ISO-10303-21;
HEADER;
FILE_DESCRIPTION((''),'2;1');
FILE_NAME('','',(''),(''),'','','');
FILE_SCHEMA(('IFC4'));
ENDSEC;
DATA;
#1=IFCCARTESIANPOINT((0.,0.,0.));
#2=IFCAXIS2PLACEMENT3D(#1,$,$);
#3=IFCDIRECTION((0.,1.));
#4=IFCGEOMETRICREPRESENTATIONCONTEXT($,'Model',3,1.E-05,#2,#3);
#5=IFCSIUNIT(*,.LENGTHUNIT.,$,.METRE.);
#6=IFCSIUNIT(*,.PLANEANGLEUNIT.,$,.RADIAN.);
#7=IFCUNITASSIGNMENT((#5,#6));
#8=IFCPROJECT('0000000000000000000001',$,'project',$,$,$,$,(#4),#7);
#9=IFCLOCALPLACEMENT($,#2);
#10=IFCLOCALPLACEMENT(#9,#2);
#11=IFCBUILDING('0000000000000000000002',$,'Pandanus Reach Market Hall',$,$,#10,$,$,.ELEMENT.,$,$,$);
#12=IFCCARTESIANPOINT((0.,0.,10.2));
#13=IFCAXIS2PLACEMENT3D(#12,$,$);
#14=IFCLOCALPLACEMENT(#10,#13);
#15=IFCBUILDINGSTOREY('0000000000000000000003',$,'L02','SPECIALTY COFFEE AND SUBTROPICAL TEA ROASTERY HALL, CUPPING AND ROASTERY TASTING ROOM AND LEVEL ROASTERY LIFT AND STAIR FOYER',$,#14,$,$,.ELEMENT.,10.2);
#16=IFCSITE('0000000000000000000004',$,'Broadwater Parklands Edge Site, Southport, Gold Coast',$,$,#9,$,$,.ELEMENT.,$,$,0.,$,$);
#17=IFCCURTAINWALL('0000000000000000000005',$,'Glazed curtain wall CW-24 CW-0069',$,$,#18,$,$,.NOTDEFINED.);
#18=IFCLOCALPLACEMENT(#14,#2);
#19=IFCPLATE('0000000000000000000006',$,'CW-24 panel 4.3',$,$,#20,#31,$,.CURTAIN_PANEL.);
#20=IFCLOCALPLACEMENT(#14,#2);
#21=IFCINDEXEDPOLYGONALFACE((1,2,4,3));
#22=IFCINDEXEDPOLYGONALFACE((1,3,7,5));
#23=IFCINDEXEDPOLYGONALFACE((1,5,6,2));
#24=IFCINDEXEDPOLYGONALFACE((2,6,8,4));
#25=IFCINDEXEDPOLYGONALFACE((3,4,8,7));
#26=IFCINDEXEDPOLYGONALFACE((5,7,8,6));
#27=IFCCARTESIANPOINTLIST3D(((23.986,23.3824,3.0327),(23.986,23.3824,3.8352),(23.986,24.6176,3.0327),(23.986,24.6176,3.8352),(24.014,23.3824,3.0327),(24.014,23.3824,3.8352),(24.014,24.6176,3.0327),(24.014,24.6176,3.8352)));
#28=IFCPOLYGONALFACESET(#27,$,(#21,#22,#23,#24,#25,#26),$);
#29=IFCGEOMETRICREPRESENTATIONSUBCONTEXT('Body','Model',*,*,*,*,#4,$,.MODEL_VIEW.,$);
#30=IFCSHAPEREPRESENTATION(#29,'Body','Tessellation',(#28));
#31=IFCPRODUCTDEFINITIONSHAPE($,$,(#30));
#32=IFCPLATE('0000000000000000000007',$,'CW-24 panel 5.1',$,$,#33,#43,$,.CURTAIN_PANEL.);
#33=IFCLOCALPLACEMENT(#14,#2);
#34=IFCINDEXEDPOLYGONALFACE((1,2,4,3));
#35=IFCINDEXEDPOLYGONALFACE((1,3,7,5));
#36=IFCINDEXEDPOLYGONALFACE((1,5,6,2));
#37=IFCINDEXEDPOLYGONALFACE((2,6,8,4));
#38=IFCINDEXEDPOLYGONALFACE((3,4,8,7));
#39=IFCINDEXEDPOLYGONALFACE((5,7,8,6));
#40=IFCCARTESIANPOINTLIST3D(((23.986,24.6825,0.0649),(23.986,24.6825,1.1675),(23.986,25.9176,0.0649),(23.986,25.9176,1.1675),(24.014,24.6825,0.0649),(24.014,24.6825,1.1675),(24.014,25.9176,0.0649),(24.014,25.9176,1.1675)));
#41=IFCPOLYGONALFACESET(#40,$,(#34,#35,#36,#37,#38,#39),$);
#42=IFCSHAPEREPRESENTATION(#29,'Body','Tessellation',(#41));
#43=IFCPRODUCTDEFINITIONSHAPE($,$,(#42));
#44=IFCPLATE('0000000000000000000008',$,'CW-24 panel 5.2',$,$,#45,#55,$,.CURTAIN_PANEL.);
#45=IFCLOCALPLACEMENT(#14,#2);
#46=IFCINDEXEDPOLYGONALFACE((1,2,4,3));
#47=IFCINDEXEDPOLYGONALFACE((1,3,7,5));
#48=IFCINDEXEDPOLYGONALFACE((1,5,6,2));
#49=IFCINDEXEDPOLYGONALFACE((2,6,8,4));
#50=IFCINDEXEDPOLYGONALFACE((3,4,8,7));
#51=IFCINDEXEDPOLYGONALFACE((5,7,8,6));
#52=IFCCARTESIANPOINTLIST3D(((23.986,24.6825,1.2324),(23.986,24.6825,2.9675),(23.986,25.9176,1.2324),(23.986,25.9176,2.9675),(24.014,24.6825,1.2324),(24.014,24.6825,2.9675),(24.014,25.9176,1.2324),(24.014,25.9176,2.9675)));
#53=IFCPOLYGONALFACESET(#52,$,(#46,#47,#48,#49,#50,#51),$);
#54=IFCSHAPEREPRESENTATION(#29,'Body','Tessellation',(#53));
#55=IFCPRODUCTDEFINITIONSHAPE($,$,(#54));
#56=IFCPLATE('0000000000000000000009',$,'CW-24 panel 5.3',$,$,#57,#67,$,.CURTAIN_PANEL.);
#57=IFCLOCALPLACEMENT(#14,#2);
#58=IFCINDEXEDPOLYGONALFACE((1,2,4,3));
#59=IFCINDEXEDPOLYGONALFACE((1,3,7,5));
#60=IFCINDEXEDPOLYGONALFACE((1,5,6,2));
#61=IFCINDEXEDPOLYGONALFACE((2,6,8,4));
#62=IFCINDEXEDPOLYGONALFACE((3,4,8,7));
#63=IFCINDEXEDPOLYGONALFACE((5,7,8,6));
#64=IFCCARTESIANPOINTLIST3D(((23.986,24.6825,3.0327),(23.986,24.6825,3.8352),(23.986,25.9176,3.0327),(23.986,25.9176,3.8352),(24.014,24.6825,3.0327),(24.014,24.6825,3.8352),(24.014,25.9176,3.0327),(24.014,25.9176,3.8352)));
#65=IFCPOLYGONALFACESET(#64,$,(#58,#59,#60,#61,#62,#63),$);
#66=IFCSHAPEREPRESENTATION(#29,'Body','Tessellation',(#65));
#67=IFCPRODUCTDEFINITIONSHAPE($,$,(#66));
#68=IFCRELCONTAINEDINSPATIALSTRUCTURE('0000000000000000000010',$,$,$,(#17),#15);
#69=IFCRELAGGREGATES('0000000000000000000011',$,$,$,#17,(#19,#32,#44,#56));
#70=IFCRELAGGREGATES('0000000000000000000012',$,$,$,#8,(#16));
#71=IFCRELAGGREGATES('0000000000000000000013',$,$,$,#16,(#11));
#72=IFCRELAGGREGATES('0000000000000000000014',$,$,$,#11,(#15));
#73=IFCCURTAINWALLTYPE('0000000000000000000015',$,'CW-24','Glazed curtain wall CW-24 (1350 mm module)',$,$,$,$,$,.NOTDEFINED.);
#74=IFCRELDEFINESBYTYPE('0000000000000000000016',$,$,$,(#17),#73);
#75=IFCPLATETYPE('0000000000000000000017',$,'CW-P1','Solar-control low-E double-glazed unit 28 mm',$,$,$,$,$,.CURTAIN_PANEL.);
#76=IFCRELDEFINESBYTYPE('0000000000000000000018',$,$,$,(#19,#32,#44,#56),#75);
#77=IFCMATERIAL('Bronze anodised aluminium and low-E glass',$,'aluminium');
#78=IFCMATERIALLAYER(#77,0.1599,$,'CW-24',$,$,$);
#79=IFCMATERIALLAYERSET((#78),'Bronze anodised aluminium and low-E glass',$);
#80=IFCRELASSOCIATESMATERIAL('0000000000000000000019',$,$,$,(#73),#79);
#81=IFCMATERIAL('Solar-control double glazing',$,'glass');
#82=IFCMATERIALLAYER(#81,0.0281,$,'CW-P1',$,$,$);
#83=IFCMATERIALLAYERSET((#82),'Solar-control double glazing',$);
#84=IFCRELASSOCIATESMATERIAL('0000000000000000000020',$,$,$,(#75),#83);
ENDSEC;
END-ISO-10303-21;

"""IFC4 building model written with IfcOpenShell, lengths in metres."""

from ifc_helpers import new_model, si_unit, direction, frame, origin, origin_2d, place, context, subcontext, project, spatial, rectangle, extrude, material, layer, layer_set, type_object, element, aggregate, save


model = new_model("IFC4")

# Units and contexts
model_context = context("Model", 3, precision=1e-05, world=origin(), true_north=direction((0.0, 1.0)))
body_context = subcontext(model_context, "Body", "Model", "MODEL_VIEW")
ifc_project = project(units=[si_unit("LENGTHUNIT", "METRE"), si_unit("PLANEANGLEUNIT", "RADIAN")], contexts=[model_context])

# Site, building, storey
site_placement = place(None, origin())
site = spatial("IfcSite", under=ifc_project, at=site_placement, Name="Broadwater Parklands Edge Site, Southport, Gold Coast", CompositionType="ELEMENT", RefElevation=0.0)
building_placement = place(site_placement, origin())
building = spatial("IfcBuilding", under=site, at=building_placement, Name="Pandanus Reach Market Hall", CompositionType="ELEMENT")
storey_placement = place(building_placement, frame((0.0, 0.0, 10.2)))
storey = spatial("IfcBuildingStorey", under=building, at=storey_placement, Name="L02", Description="SPECIALTY COFFEE AND SUBTROPICAL TEA ROASTERY HALL, CUPPING AND ROASTERY TASTING ROOM AND LEVEL ROASTERY LIFT AND STAIR FOYER", CompositionType="ELEMENT", Elevation=10.2)

# Curtain wall, plates
ifc_material_1 = material(Name="Bronze anodised aluminium and low-E glass", Category="aluminium")
ifc_layer_1 = layer(ifc_material_1, 0.1599, Name="CW-24")
ifc_layer_set_1 = layer_set([ifc_layer_1], Name="Bronze anodised aluminium and low-E glass")
curtain_wall_type = type_object("IfcCurtainWallType", Name="CW-24", Description="Glazed curtain wall CW-24 (1350 mm module)", PredefinedType="NOTDEFINED", material=ifc_layer_set_1)
curtain_wall_placement = place(storey_placement, origin())
curtain_wall = element("IfcCurtainWall", 1, at=curtain_wall_placement, inside=storey, type_object=curtain_wall_type, Name="Glazed curtain wall CW-24 CW-0069", PredefinedType="NOTDEFINED")
ifc_material_2 = material(Name="Solar-control double glazing", Category="glass")
ifc_layer_2 = layer(ifc_material_2, 0.0281, Name="CW-P1")
ifc_layer_set_2 = layer_set([ifc_layer_2], Name="Solar-control double glazing")
plate_type = type_object("IfcPlateType", Name="CW-P1", Description="Solar-control low-E double-glazed unit 28 mm", PredefinedType="CURTAIN_PANEL", material=ifc_layer_set_2)
plate_1_placement = place(storey_placement, frame((24.0, 24.0, 3.0327), z_axis=(0.0, 0.0, 1.0), x_axis=(0.0, 1.0, 0.0)))
plate_1 = element("IfcPlate", 2, at=plate_1_placement, type_object=plate_type, Name="CW-24 panel 4.3", PredefinedType="CURTAIN_PANEL", context=body_context, shape_type="SweptSolid", body=[
    extrude(rectangle(XDim=1.2351, YDim=0.0281, at=origin_2d()), origin(), (0.0, 0.0, 1.0), 0.8025),
])
plate_2_placement = place(storey_placement, frame((24.0, 25.3, 0.0649), z_axis=(0.0, 0.0, 1.0), x_axis=(0.0, 1.0, 0.0)))
plate_2 = element("IfcPlate", 3, at=plate_2_placement, type_object=plate_type, Name="CW-24 panel 5.1", PredefinedType="CURTAIN_PANEL", context=body_context, shape_type="SweptSolid", body=[
    extrude(rectangle(XDim=1.2351, YDim=0.0281, at=origin_2d()), origin(), (0.0, 0.0, 1.0), 1.1025),
])
plate_3_placement = place(storey_placement, frame((24.0, 25.3, 1.2324), z_axis=(0.0, 0.0, 1.0), x_axis=(0.0, 1.0, 0.0)))
plate_3 = element("IfcPlate", 4, at=plate_3_placement, type_object=plate_type, Name="CW-24 panel 5.2", PredefinedType="CURTAIN_PANEL", context=body_context, shape_type="SweptSolid", body=[
    extrude(rectangle(XDim=1.2351, YDim=0.0281, at=origin_2d()), origin(), (0.0, 0.0, 1.0), 1.7351),
])
plate_4_placement = place(storey_placement, frame((24.0, 25.3, 3.0327), z_axis=(0.0, 0.0, 1.0), x_axis=(0.0, 1.0, 0.0)))
plate_4 = element("IfcPlate", 5, at=plate_4_placement, type_object=plate_type, Name="CW-24 panel 5.3", PredefinedType="CURTAIN_PANEL", context=body_context, shape_type="SweptSolid", body=[
    extrude(rectangle(XDim=1.2351, YDim=0.0281, at=origin_2d()), origin(), (0.0, 0.0, 1.0), 0.8025),
])
aggregate(curtain_wall, [plate_1, plate_2, plate_3, plate_4])

save(model, "model.ifc")
